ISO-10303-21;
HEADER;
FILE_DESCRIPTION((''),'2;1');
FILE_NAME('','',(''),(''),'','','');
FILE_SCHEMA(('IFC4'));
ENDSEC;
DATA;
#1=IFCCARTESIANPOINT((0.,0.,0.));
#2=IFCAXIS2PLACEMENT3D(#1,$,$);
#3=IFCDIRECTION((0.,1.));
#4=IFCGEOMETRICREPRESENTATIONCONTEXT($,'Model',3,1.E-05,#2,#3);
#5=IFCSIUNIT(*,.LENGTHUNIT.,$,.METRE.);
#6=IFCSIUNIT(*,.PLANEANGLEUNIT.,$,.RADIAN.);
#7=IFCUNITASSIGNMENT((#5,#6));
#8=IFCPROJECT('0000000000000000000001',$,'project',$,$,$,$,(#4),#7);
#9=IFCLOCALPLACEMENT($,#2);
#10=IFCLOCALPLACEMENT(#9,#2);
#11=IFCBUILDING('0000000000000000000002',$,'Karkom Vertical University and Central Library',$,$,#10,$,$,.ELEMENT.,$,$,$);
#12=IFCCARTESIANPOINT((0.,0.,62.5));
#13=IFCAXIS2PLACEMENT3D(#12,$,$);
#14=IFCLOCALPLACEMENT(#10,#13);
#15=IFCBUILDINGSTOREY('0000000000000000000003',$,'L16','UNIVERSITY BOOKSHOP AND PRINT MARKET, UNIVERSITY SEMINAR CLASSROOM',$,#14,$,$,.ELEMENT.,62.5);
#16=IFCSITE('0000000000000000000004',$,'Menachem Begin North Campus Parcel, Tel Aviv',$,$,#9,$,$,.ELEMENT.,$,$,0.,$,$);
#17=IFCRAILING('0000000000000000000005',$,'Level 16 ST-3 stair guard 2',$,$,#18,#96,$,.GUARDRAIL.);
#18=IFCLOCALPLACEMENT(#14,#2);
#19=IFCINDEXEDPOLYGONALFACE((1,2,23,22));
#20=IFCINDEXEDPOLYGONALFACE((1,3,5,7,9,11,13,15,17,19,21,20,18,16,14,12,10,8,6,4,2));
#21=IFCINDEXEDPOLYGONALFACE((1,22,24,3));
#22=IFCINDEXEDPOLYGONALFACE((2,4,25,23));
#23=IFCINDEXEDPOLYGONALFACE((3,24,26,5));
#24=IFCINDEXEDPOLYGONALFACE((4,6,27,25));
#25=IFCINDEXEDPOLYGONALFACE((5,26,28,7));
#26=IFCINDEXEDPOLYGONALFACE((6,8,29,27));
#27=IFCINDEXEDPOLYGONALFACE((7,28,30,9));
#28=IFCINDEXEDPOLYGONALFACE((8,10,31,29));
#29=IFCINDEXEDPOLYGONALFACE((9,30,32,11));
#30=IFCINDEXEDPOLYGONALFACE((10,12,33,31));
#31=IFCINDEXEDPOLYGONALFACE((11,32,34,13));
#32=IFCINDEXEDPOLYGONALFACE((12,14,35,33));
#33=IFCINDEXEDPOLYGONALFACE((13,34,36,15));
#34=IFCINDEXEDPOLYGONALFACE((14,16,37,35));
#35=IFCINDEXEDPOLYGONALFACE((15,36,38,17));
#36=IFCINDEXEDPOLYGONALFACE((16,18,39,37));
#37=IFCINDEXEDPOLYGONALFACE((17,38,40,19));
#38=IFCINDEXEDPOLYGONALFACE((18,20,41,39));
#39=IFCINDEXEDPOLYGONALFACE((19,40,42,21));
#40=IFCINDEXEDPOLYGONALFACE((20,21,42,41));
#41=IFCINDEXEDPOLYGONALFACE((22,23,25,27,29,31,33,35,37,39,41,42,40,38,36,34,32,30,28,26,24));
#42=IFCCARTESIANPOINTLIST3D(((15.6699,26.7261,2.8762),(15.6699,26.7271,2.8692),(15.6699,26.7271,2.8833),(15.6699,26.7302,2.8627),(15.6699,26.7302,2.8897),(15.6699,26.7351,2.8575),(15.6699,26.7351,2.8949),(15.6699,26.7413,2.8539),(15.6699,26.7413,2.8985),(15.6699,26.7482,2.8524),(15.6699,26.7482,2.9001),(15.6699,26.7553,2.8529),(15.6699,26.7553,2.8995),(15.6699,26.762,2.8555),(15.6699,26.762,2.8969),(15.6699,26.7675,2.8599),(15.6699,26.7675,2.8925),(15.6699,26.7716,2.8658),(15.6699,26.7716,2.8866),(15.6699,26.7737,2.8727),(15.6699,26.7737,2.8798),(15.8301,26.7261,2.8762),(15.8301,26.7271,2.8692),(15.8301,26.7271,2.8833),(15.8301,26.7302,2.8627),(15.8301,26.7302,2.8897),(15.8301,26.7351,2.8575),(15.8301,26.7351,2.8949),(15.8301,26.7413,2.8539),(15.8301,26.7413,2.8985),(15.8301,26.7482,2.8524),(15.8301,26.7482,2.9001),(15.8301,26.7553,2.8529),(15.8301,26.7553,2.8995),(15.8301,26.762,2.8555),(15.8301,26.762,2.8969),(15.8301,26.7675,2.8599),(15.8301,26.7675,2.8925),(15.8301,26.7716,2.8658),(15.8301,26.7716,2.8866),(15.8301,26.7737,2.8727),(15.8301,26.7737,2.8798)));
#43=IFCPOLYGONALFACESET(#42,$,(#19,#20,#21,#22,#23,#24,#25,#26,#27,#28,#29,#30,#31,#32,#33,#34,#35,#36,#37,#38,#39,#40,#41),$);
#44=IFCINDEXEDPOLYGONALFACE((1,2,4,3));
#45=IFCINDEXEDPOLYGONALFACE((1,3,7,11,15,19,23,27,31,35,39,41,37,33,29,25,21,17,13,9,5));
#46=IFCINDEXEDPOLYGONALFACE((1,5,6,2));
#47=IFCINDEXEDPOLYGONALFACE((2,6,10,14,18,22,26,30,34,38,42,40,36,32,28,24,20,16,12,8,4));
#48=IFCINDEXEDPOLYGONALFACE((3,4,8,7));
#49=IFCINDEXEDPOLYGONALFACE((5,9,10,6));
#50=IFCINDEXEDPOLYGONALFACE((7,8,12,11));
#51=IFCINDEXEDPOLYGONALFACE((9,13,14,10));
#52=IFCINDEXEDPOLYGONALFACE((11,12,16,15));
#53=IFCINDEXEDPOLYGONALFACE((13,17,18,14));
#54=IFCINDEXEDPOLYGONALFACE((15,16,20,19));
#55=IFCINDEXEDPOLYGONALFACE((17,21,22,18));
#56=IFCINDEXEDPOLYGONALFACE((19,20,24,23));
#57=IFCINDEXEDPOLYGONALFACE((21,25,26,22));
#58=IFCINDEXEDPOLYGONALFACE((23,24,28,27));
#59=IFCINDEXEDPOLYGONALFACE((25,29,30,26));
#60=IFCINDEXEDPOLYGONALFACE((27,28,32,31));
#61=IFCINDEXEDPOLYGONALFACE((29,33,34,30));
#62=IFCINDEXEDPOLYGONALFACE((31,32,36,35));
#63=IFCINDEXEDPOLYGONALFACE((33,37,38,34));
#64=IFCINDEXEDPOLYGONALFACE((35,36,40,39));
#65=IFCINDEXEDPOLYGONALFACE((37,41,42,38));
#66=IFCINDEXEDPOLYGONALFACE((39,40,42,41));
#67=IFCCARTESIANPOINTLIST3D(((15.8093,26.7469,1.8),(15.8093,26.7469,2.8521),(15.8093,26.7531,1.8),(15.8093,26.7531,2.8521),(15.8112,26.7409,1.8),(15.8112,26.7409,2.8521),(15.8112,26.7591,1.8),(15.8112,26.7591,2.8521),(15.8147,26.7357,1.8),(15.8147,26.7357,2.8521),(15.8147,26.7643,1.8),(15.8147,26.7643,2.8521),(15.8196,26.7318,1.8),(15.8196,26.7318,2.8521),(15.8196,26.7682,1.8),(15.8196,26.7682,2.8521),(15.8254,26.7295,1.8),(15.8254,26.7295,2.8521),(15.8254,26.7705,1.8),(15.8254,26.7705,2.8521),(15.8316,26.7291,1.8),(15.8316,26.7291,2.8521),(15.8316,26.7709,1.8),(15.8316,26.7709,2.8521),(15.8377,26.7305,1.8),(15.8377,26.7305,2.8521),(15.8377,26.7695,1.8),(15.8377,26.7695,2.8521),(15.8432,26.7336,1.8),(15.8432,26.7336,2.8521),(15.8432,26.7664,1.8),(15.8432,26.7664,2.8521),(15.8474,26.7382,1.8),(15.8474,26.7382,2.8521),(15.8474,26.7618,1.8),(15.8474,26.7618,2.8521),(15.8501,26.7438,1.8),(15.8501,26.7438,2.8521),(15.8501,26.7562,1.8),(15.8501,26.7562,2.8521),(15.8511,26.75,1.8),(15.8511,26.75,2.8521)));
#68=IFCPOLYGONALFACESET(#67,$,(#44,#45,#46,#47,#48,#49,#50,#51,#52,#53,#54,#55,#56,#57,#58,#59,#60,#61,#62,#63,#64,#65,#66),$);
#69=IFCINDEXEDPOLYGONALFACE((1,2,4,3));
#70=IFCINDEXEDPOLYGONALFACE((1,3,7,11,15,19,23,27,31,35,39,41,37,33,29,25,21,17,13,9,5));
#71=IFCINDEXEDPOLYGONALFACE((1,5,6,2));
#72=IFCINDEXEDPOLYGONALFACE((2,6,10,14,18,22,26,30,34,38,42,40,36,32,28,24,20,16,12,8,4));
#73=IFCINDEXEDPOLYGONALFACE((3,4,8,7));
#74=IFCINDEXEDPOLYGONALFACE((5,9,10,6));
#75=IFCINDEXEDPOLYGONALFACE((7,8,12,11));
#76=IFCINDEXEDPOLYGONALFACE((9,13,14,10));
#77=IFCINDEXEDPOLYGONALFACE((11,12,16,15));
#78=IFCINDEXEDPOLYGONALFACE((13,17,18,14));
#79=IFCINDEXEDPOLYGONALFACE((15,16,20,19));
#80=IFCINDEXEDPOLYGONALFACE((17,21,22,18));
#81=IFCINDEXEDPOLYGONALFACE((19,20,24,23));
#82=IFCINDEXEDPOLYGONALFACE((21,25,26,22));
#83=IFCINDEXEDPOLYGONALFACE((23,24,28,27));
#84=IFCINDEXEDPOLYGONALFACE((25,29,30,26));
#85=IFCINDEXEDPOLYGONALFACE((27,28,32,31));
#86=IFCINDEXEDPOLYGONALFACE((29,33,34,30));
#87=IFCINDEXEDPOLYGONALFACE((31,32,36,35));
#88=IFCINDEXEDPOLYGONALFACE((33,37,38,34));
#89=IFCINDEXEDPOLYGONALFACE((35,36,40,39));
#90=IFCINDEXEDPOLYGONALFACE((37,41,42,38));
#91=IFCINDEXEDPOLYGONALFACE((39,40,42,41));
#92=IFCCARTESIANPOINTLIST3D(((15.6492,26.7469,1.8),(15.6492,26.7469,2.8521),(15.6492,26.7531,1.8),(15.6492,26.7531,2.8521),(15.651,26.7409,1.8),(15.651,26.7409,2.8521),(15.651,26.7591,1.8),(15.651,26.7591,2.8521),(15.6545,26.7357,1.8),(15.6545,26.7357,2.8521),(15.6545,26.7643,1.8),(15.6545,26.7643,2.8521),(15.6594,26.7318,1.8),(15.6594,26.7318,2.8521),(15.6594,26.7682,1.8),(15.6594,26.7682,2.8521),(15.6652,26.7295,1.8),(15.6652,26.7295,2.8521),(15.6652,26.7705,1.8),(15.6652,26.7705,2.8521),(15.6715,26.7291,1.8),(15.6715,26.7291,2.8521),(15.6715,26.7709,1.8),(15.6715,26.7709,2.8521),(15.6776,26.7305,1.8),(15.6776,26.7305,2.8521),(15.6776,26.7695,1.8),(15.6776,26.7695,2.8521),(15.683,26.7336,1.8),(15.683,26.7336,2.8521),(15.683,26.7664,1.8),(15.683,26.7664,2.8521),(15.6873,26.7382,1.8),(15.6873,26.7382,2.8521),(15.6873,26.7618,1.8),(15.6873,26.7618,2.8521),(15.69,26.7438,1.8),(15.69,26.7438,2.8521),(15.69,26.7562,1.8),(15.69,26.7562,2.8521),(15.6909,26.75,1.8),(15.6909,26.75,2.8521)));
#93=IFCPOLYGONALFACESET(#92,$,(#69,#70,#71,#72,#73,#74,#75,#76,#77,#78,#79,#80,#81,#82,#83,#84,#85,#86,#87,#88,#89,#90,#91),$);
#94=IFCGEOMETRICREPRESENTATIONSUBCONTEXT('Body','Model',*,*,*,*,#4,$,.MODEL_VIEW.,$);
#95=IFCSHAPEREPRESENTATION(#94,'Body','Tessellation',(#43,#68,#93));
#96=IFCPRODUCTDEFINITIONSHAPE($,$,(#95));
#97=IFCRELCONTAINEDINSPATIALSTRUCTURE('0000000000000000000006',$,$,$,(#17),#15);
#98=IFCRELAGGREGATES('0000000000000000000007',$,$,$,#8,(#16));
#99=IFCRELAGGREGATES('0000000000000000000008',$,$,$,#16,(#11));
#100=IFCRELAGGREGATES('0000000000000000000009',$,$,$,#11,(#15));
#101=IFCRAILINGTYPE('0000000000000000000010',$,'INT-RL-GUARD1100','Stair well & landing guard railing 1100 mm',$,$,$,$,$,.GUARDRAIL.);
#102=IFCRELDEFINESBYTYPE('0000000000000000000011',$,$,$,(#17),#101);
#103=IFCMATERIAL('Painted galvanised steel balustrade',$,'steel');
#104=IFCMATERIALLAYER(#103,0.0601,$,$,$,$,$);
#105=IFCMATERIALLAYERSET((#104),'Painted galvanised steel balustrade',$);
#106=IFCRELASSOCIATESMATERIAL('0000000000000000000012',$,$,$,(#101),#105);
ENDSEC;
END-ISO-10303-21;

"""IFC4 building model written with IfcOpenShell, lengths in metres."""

from ifc_helpers import new_model, si_unit, direction, frame, origin, origin_2d, place, context, subcontext, project, spatial, circle, extrude, material, layer, layer_set, type_object, element, save


model = new_model("IFC4")

# Units and contexts
model_context = context("Model", 3, precision=1e-05, world=origin(), true_north=direction((0.0, 1.0)))
body_context = subcontext(model_context, "Body", "Model", "MODEL_VIEW")
ifc_project = project(units=[si_unit("LENGTHUNIT", "METRE"), si_unit("PLANEANGLEUNIT", "RADIAN")], contexts=[model_context])

# Site, building, storey
site_placement = place(None, origin())
site = spatial("IfcSite", under=ifc_project, at=site_placement, Name="Menachem Begin North Campus Parcel, Tel Aviv", CompositionType="ELEMENT", RefElevation=0.0)
building_placement = place(site_placement, origin())
building = spatial("IfcBuilding", under=site, at=building_placement, Name="Karkom Vertical University and Central Library", CompositionType="ELEMENT")
storey_placement = place(building_placement, frame((0.0, 0.0, 62.5)))
storey = spatial("IfcBuildingStorey", under=building, at=storey_placement, Name="L16", Description="UNIVERSITY BOOKSHOP AND PRINT MARKET, UNIVERSITY SEMINAR CLASSROOM", CompositionType="ELEMENT", Elevation=62.5)

# Railing
ifc_material_1 = material(Name="Painted galvanised steel balustrade", Category="steel")
ifc_layer_1 = layer(ifc_material_1, 0.0601)
ifc_layer_set_1 = layer_set([ifc_layer_1], Name="Painted galvanised steel balustrade")
railing_type_1 = type_object("IfcRailingType", Name="INT-RL-GUARD1100", Description="Stair well & landing guard railing 1100 mm", PredefinedType="GUARDRAIL", material=ifc_layer_set_1)
railing_1_placement = place(storey_placement, frame((15.8301, 26.75, 1.8)))
element("IfcRailing", 1, at=railing_1_placement, inside=storey, type_object=railing_type_1, Name="Level 16 ST-3 stair guard 2", PredefinedType="GUARDRAIL", context=body_context, shape_type="SweptSolid", body=[
    extrude(circle(Radius=0.0239, at=origin_2d()), frame((0.0, 0.0, 1.0762), z_axis=(-1.0, 0.0, 0.0), x_axis=(0.0, -1.0, 0.0)), (0.0, 0.0, 1.0), 0.1602),
    extrude(circle(Radius=0.021, at=origin_2d()), origin(), (0.0, 0.0, 1.0), 1.052),
    extrude(circle(Radius=0.021, at=origin_2d()), frame((-0.1602, 0.0, 0.0)), (0.0, 0.0, 1.0), 1.052),
])

save(model, "model.ifc")
